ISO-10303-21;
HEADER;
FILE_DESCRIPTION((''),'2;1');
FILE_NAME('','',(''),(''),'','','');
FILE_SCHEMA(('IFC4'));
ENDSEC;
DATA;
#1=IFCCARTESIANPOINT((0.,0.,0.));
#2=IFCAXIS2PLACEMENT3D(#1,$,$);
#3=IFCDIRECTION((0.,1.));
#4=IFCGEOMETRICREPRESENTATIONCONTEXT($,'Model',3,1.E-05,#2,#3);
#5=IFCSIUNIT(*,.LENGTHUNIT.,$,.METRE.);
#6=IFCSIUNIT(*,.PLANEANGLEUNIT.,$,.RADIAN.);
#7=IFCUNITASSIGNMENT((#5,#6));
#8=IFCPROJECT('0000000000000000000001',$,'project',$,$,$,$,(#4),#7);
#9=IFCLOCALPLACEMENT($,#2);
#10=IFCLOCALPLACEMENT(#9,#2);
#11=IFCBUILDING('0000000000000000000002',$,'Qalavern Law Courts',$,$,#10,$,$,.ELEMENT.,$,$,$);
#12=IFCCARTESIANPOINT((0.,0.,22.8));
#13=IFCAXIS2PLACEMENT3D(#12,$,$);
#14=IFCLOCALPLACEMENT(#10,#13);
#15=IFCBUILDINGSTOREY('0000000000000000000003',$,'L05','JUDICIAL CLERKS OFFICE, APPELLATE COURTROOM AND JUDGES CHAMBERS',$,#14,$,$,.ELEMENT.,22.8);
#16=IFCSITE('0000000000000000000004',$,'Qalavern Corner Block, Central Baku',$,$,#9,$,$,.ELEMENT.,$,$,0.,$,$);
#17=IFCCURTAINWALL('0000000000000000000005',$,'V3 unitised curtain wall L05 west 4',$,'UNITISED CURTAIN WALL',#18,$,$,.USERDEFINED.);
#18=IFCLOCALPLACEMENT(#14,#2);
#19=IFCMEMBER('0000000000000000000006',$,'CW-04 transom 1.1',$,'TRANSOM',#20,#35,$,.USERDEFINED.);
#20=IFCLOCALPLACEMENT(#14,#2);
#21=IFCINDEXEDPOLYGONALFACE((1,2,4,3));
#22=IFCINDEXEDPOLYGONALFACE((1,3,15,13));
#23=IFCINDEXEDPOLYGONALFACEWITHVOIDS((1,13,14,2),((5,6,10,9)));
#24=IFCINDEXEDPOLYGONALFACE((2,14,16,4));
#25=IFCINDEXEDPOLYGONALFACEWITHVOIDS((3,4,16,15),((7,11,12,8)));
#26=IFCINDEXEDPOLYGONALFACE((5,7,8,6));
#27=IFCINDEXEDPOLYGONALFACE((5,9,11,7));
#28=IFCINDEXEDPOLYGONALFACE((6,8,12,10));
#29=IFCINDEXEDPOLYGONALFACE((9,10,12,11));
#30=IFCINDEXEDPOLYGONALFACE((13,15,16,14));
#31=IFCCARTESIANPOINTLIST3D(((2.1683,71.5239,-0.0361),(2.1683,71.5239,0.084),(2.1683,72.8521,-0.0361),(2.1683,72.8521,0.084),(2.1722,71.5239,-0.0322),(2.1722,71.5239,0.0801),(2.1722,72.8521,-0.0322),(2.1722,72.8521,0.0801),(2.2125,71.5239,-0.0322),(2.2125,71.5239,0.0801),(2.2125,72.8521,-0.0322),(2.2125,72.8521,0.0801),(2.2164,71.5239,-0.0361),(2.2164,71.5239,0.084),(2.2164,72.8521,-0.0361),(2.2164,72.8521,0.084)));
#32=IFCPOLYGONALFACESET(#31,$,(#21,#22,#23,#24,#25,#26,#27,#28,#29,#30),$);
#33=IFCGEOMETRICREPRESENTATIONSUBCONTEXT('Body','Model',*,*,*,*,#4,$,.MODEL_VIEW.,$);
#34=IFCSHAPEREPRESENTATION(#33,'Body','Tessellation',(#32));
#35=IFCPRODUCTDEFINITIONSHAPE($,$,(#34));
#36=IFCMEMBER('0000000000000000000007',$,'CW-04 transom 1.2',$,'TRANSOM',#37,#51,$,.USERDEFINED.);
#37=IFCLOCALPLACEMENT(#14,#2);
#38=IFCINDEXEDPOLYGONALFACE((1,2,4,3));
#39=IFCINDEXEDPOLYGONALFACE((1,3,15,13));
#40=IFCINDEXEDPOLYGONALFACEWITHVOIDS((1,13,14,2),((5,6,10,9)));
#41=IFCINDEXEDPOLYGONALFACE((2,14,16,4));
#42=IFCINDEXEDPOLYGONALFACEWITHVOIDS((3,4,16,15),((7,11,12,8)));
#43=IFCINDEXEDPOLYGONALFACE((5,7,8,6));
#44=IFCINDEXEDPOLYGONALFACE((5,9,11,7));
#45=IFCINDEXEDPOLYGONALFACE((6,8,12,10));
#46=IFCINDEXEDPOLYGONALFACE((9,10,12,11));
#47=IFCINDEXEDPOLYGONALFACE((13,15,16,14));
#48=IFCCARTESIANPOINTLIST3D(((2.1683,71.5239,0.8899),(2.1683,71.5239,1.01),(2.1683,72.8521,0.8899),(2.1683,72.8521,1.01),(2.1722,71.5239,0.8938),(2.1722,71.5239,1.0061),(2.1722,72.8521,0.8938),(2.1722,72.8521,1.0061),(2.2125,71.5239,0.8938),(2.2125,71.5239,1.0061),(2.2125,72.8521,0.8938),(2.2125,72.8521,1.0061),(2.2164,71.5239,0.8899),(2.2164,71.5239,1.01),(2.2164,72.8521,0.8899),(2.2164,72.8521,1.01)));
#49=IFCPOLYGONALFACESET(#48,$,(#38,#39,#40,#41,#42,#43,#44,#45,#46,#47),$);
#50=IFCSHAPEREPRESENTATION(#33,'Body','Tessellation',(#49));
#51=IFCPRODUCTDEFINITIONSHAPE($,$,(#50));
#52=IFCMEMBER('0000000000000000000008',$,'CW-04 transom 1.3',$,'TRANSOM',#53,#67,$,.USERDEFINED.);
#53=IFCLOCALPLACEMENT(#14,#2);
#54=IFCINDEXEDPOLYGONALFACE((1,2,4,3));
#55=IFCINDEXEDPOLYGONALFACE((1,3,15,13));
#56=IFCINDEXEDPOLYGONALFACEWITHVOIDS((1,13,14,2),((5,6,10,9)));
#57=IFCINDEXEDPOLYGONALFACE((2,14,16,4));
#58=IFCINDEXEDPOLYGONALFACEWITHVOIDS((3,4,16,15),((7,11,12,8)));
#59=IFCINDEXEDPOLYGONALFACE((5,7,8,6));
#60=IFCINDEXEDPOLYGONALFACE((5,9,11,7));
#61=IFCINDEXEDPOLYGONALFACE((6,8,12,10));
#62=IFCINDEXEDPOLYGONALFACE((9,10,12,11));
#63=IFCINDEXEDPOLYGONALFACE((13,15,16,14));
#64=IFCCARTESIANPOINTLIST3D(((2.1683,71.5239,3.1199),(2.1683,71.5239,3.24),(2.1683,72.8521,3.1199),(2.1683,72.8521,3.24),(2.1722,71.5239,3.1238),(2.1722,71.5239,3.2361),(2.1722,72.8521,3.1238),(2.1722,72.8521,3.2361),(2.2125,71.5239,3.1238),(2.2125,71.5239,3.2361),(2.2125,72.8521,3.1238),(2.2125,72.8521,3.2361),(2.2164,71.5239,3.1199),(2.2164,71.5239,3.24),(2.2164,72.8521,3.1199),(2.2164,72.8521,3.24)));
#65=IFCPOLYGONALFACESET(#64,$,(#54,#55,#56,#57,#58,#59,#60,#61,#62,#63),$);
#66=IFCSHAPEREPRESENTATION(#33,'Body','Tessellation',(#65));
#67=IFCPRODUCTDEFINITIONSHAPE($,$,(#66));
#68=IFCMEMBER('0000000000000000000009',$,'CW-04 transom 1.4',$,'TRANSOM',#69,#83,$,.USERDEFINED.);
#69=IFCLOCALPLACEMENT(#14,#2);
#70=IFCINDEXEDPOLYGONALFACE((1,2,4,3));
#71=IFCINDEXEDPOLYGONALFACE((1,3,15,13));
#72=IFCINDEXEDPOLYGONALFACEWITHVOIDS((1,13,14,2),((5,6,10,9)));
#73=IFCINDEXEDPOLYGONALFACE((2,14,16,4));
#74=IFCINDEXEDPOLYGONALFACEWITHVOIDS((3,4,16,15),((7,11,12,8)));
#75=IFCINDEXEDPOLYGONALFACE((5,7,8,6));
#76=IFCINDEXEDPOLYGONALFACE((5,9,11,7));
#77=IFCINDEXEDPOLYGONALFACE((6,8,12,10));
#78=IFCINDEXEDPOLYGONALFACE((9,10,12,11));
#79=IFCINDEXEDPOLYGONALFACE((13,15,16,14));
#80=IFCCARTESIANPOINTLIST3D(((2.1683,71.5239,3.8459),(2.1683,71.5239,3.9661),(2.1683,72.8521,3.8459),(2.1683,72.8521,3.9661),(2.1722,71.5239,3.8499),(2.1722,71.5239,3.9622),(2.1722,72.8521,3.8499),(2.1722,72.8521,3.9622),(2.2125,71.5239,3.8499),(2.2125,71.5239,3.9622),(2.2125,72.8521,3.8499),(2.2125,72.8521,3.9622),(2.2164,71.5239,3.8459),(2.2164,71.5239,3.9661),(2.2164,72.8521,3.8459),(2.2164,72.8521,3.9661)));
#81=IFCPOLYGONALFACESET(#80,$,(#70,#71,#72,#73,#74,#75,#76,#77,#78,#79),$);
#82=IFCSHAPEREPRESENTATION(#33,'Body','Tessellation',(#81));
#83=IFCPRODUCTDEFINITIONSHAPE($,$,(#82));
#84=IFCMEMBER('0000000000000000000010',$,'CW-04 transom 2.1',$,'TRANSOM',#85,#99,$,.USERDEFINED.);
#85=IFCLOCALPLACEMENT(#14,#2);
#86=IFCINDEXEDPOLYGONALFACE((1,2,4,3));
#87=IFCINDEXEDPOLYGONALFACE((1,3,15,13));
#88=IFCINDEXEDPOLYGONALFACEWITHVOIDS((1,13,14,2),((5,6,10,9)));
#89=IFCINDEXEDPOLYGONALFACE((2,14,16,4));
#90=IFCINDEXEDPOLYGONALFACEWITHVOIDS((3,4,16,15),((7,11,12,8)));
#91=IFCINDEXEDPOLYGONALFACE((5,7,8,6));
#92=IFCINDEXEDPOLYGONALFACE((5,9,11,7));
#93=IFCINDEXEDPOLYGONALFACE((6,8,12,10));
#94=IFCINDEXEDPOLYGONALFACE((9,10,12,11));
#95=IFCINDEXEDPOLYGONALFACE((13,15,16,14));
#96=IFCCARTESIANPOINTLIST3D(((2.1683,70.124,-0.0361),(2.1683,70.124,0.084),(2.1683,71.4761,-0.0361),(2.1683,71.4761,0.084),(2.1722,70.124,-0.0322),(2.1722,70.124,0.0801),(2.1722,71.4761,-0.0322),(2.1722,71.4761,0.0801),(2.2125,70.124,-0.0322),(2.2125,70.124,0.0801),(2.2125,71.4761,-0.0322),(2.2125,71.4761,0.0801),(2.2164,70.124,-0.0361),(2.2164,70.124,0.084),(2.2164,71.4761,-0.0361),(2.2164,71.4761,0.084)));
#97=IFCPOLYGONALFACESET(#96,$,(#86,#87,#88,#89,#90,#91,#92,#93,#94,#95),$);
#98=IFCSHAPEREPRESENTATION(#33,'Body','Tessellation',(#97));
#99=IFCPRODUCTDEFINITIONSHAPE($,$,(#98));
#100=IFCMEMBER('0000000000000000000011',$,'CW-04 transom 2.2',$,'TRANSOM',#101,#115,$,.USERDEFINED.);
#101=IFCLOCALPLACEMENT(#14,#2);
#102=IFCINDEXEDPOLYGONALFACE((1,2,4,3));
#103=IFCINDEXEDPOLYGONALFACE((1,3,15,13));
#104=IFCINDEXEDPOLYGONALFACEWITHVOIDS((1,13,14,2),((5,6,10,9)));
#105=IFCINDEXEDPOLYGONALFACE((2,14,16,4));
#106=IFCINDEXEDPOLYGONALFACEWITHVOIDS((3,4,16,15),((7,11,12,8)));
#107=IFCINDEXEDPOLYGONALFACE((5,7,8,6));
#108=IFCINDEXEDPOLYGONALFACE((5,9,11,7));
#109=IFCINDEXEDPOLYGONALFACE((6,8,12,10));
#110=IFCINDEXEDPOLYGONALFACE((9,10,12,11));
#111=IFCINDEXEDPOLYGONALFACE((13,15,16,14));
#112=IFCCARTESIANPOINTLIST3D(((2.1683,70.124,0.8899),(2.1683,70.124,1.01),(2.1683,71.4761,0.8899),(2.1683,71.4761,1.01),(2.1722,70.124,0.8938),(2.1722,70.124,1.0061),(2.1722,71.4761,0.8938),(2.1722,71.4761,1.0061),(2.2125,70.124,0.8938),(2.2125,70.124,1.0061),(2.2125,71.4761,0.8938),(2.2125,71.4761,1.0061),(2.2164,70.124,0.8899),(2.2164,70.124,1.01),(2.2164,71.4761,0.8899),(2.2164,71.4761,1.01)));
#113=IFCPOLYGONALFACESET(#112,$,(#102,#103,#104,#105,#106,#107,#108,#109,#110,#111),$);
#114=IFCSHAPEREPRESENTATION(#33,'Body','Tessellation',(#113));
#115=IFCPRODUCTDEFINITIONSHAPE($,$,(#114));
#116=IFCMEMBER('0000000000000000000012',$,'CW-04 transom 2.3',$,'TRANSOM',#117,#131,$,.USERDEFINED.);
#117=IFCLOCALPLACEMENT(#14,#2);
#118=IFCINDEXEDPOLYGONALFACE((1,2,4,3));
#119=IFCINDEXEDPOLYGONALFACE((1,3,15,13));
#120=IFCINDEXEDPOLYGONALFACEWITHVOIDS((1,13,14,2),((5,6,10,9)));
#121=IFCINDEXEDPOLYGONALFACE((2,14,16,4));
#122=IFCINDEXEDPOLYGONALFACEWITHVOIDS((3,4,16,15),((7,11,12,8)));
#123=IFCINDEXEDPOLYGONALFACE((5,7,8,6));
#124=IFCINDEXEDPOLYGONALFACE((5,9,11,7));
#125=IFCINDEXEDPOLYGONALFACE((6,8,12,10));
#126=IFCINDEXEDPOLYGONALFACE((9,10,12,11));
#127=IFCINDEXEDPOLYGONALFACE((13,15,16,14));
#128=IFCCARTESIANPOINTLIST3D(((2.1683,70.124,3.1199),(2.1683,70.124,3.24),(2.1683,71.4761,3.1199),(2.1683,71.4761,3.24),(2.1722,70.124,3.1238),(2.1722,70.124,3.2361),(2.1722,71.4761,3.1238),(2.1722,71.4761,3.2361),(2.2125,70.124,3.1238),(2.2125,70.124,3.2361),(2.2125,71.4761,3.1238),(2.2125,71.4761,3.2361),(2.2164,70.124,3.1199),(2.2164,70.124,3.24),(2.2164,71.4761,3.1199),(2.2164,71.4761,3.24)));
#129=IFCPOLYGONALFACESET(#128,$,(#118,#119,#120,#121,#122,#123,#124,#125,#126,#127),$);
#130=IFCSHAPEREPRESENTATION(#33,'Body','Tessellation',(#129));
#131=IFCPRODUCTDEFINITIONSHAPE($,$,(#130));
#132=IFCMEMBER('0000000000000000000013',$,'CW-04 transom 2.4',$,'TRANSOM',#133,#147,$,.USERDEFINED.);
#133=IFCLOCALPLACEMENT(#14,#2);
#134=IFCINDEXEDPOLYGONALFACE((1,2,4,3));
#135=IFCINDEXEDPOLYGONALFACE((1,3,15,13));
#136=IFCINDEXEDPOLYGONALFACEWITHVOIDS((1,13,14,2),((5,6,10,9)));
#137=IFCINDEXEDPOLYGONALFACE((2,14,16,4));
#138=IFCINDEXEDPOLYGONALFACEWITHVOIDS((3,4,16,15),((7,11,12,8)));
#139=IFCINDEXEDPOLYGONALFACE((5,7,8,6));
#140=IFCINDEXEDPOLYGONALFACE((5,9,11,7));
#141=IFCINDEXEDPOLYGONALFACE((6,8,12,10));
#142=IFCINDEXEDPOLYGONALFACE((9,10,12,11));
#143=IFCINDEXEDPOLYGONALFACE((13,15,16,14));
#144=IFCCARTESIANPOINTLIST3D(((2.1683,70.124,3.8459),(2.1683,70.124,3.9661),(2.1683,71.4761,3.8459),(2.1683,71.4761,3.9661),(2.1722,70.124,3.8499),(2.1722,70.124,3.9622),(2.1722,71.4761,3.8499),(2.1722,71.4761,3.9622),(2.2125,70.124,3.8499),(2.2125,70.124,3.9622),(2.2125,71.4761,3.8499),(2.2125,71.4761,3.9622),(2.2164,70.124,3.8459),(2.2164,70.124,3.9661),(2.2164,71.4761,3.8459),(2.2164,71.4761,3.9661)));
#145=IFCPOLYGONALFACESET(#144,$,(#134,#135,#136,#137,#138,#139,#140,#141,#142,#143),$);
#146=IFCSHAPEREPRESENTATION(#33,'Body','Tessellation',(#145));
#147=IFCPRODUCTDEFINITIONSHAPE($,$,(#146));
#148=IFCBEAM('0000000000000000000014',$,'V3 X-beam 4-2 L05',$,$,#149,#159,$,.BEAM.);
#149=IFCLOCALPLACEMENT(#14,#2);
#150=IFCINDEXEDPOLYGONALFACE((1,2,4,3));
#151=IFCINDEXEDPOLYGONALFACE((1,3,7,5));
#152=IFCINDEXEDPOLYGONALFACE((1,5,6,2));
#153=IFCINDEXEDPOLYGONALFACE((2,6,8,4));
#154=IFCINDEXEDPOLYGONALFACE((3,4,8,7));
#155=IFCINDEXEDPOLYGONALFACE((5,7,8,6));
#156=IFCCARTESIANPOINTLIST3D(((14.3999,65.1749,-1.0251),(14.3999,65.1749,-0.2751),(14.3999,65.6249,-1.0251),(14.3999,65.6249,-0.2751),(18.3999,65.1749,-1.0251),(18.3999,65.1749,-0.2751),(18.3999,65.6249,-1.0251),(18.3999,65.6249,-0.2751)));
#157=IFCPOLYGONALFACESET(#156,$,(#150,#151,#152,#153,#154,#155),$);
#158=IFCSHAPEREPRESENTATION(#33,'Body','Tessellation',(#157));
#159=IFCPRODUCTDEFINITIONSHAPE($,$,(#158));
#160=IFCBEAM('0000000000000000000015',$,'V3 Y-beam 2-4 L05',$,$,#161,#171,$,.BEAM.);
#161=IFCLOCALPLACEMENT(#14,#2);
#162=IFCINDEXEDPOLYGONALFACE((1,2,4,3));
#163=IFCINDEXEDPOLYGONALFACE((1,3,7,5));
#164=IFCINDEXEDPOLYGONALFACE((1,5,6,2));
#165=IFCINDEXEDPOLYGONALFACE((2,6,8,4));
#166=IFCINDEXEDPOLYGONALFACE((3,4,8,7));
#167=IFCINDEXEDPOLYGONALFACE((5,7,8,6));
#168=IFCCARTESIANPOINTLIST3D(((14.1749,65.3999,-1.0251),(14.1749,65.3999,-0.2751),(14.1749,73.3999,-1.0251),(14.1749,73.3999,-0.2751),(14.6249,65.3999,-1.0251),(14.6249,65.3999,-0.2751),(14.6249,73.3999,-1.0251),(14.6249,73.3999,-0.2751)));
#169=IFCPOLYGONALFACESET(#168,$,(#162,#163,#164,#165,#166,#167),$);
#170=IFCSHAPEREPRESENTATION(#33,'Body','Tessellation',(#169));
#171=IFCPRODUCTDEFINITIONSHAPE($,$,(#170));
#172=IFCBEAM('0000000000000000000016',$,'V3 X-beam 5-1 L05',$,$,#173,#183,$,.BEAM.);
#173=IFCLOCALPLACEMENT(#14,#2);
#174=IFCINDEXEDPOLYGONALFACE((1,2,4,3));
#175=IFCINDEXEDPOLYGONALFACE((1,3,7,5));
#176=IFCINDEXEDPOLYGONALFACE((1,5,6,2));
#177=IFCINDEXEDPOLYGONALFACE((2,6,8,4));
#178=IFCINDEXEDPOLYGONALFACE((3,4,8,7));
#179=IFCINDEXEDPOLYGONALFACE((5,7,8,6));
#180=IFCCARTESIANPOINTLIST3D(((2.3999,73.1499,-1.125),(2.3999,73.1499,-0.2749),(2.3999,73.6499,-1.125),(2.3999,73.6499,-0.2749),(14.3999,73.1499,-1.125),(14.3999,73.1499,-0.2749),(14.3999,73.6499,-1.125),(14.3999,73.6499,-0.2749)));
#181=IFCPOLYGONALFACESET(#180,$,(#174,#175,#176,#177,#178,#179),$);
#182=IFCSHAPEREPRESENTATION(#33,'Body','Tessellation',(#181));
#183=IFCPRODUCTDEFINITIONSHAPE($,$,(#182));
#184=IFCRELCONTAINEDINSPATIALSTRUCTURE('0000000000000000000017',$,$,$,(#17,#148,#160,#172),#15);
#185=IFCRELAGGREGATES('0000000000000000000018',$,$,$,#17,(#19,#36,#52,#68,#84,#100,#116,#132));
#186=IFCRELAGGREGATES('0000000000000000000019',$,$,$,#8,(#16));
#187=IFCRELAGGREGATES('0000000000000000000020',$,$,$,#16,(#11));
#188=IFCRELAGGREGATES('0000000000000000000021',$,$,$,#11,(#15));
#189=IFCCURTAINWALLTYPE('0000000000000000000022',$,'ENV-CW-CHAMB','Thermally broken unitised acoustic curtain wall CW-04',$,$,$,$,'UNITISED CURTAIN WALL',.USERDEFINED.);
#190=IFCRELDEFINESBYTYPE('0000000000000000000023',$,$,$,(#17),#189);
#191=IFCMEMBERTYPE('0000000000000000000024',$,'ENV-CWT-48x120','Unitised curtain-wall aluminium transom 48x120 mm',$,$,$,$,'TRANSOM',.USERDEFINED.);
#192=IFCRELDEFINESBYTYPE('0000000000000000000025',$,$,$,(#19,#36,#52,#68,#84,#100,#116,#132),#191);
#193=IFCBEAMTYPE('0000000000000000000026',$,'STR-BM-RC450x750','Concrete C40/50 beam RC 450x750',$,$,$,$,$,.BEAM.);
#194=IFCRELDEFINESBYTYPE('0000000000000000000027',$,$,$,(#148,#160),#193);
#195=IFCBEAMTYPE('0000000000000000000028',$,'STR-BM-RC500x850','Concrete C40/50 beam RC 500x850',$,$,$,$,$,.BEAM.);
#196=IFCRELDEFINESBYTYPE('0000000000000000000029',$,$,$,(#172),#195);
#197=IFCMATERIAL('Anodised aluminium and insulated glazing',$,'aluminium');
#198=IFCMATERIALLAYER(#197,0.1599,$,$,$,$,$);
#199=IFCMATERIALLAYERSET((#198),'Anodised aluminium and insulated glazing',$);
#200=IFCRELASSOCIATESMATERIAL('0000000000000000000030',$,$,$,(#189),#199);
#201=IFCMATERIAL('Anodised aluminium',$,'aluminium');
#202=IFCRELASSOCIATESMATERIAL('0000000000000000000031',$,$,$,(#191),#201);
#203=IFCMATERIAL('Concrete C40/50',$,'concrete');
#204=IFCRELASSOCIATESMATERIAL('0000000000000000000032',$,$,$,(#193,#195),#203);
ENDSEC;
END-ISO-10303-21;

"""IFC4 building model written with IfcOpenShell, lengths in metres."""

from ifc_helpers import new_model, si_unit, direction, frame, origin, origin_2d, place, context, subcontext, project, spatial, rectangle, hollow_rectangle, extrude, material, layer, layer_set, material_profile, profile_set, type_object, element, aggregate, save


model = new_model("IFC4")

# Units and contexts
model_context = context("Model", 3, precision=1e-05, world=origin(), true_north=direction((0.0, 1.0)))
body_context = subcontext(model_context, "Body", "Model", "MODEL_VIEW")
ifc_project = project(units=[si_unit("LENGTHUNIT", "METRE"), si_unit("PLANEANGLEUNIT", "RADIAN")], contexts=[model_context])

# Site, building, storey
site_placement = place(None, origin())
site = spatial("IfcSite", under=ifc_project, at=site_placement, Name="Qalavern Corner Block, Central Baku", CompositionType="ELEMENT", RefElevation=0.0)
building_placement = place(site_placement, origin())
building = spatial("IfcBuilding", under=site, at=building_placement, Name="Qalavern Law Courts", CompositionType="ELEMENT")
storey_placement = place(building_placement, frame((0.0, 0.0, 22.8)))
storey = spatial("IfcBuildingStorey", under=building, at=storey_placement, Name="L05", Description="JUDICIAL CLERKS OFFICE, APPELLATE COURTROOM AND JUDGES CHAMBERS", CompositionType="ELEMENT", Elevation=22.8)

# Curtain wall
ifc_material_1 = material(Name="Anodised aluminium and insulated glazing", Category="aluminium")
ifc_layer_1 = layer(ifc_material_1, 0.1599)
ifc_layer_set_1 = layer_set([ifc_layer_1], Name="Anodised aluminium and insulated glazing")
curtain_wall_type = type_object("IfcCurtainWallType", Name="ENV-CW-CHAMB", Description="Thermally broken unitised acoustic curtain wall CW-04", ElementType="UNITISED CURTAIN WALL", PredefinedType="USERDEFINED", material=ifc_layer_set_1)
ifc_material_2 = material(Name="Anodised aluminium", Category="aluminium")
curtain_wall_1_placement = place(storey_placement, origin())
curtain_wall_1 = element("IfcCurtainWall", 1, at=curtain_wall_1_placement, inside=storey, type_object=curtain_wall_type, Name="V3 unitised curtain wall L05 west 4", ObjectType="UNITISED CURTAIN WALL", PredefinedType="USERDEFINED")

# Members
ifc_material_profile_1 = material_profile(ifc_material_2, hollow_rectangle(XDim=0.0481, YDim=0.1201, WallThickness=0.0039, at=origin_2d()), Name="ALU TRANSOM 48x120")
ifc_profile_set_1 = profile_set([ifc_material_profile_1], Name="Anodised aluminium")
member_type_1 = type_object("IfcMemberType", Name="ENV-CWT-48x120", Description="Unitised curtain-wall aluminium transom 48x120 mm", ElementType="TRANSOM", PredefinedType="USERDEFINED", material=ifc_profile_set_1)
member_1_placement = place(storey_placement, frame((2.1924, 72.8521, 0.0239), z_axis=(0.0, -1.0, 0.0), x_axis=(1.0, 0.0, 0.0)))
member_1 = element("IfcMember", 2, at=member_1_placement, type_object=member_type_1, Name="CW-04 transom 1.1", ObjectType="TRANSOM", PredefinedType="USERDEFINED", context=body_context, shape_type="SweptSolid", body=[
    extrude(hollow_rectangle(XDim=0.0481, YDim=0.1201, WallThickness=0.0039, at=origin_2d()), origin(), (0.0, 0.0, 1.0), 1.3281),
])
member_2_placement = place(storey_placement, frame((2.1924, 72.8521, 0.95), z_axis=(0.0, -1.0, 0.0), x_axis=(1.0, 0.0, 0.0)))
member_2 = element("IfcMember", 3, at=member_2_placement, type_object=member_type_1, Name="CW-04 transom 1.2", ObjectType="TRANSOM", PredefinedType="USERDEFINED", context=body_context, shape_type="SweptSolid", body=[
    extrude(hollow_rectangle(XDim=0.0481, YDim=0.1201, WallThickness=0.0039, at=origin_2d()), origin(), (0.0, 0.0, 1.0), 1.3281),
])
member_3_placement = place(storey_placement, frame((2.1924, 72.8521, 3.1799), z_axis=(0.0, -1.0, 0.0), x_axis=(1.0, 0.0, 0.0)))
member_3 = element("IfcMember", 4, at=member_3_placement, type_object=member_type_1, Name="CW-04 transom 1.3", ObjectType="TRANSOM", PredefinedType="USERDEFINED", context=body_context, shape_type="SweptSolid", body=[
    extrude(hollow_rectangle(XDim=0.0481, YDim=0.1201, WallThickness=0.0039, at=origin_2d()), origin(), (0.0, 0.0, 1.0), 1.3281),
])
member_4_placement = place(storey_placement, frame((2.1924, 72.8521, 3.906), z_axis=(0.0, -1.0, 0.0), x_axis=(1.0, 0.0, 0.0)))
member_4 = element("IfcMember", 5, at=member_4_placement, type_object=member_type_1, Name="CW-04 transom 1.4", ObjectType="TRANSOM", PredefinedType="USERDEFINED", context=body_context, shape_type="SweptSolid", body=[
    extrude(hollow_rectangle(XDim=0.0481, YDim=0.1201, WallThickness=0.0039, at=origin_2d()), origin(), (0.0, 0.0, 1.0), 1.3281),
])
member_5_placement = place(storey_placement, frame((2.1924, 71.4761, 0.0239), z_axis=(0.0, -1.0, 0.0), x_axis=(1.0, 0.0, 0.0)))
member_5 = element("IfcMember", 6, at=member_5_placement, type_object=member_type_1, Name="CW-04 transom 2.1", ObjectType="TRANSOM", PredefinedType="USERDEFINED", context=body_context, shape_type="SweptSolid", body=[
    extrude(hollow_rectangle(XDim=0.0481, YDim=0.1201, WallThickness=0.0039, at=origin_2d()), origin(), (0.0, 0.0, 1.0), 1.3521),
])
member_6_placement = place(storey_placement, frame((2.1924, 71.4761, 0.95), z_axis=(0.0, -1.0, 0.0), x_axis=(1.0, 0.0, 0.0)))
member_6 = element("IfcMember", 7, at=member_6_placement, type_object=member_type_1, Name="CW-04 transom 2.2", ObjectType="TRANSOM", PredefinedType="USERDEFINED", context=body_context, shape_type="SweptSolid", body=[
    extrude(hollow_rectangle(XDim=0.0481, YDim=0.1201, WallThickness=0.0039, at=origin_2d()), origin(), (0.0, 0.0, 1.0), 1.3521),
])
member_7_placement = place(storey_placement, frame((2.1924, 71.4761, 3.1799), z_axis=(0.0, -1.0, 0.0), x_axis=(1.0, 0.0, 0.0)))
member_7 = element("IfcMember", 8, at=member_7_placement, type_object=member_type_1, Name="CW-04 transom 2.3", ObjectType="TRANSOM", PredefinedType="USERDEFINED", context=body_context, shape_type="SweptSolid", body=[
    extrude(hollow_rectangle(XDim=0.0481, YDim=0.1201, WallThickness=0.0039, at=origin_2d()), origin(), (0.0, 0.0, 1.0), 1.3521),
])
member_8_placement = place(storey_placement, frame((2.1924, 71.4761, 3.906), z_axis=(0.0, -1.0, 0.0), x_axis=(1.0, 0.0, 0.0)))
member_8 = element("IfcMember", 9, at=member_8_placement, type_object=member_type_1, Name="CW-04 transom 2.4", ObjectType="TRANSOM", PredefinedType="USERDEFINED", context=body_context, shape_type="SweptSolid", body=[
    extrude(hollow_rectangle(XDim=0.0481, YDim=0.1201, WallThickness=0.0039, at=origin_2d()), origin(), (0.0, 0.0, 1.0), 1.3521),
])

# Beams
ifc_material_3 = material(Name="Concrete C40/50", Category="concrete")
ifc_material_profile_2 = material_profile(ifc_material_3, rectangle(XDim=0.45, YDim=0.75, at=origin_2d()), Name="RC 450x750")
ifc_profile_set_2 = profile_set([ifc_material_profile_2], Name="Concrete C40/50")
beam_type_1 = type_object("IfcBeamType", Name="STR-BM-RC450x750", Description="Concrete C40/50 beam RC 450x750", PredefinedType="BEAM", material=ifc_profile_set_2)
beam_1_placement = place(storey_placement, frame((14.3999, 65.3999, -0.6501), z_axis=(1.0, 0.0, 0.0), x_axis=(0.0, 1.0, 0.0)))
element("IfcBeam", 10, at=beam_1_placement, inside=storey, type_object=beam_type_1, Name="V3 X-beam 4-2 L05", PredefinedType="BEAM", context=body_context, shape_type="SweptSolid", body=[
    extrude(rectangle(XDim=0.45, YDim=0.75, at=origin_2d()), origin(), (0.0, 0.0, 1.0), 4.0),
])
beam_2_placement = place(storey_placement, frame((14.3999, 65.3999, -0.6501), z_axis=(0.0, 1.0, 0.0), x_axis=(-1.0, 0.0, 0.0)))
element("IfcBeam", 11, at=beam_2_placement, inside=storey, type_object=beam_type_1, Name="V3 Y-beam 2-4 L05", PredefinedType="BEAM", context=body_context, shape_type="SweptSolid", body=[
    extrude(rectangle(XDim=0.45, YDim=0.75, at=origin_2d()), origin(), (0.0, 0.0, 1.0), 8.0),
])
ifc_material_profile_3 = material_profile(ifc_material_3, rectangle(XDim=0.5, YDim=0.8501, at=origin_2d()), Name="RC 500x850")
ifc_profile_set_3 = profile_set([ifc_material_profile_3], Name="Concrete C40/50")
beam_type_2 = type_object("IfcBeamType", Name="STR-BM-RC500x850", Description="Concrete C40/50 beam RC 500x850", PredefinedType="BEAM", material=ifc_profile_set_3)
beam_3_placement = place(storey_placement, frame((2.3999, 73.3999, -0.7), z_axis=(1.0, 0.0, 0.0), x_axis=(0.0, 1.0, 0.0)))
element("IfcBeam", 12, at=beam_3_placement, inside=storey, type_object=beam_type_2, Name="V3 X-beam 5-1 L05", PredefinedType="BEAM", context=body_context, shape_type="SweptSolid", body=[
    extrude(rectangle(XDim=0.5, YDim=0.8501, at=origin_2d()), origin(), (0.0, 0.0, 1.0), 12.0),
])

aggregate(curtain_wall_1, [member_1, member_2, member_3, member_4, member_5, member_6, member_7, member_8])

save(model, "model.ifc")
